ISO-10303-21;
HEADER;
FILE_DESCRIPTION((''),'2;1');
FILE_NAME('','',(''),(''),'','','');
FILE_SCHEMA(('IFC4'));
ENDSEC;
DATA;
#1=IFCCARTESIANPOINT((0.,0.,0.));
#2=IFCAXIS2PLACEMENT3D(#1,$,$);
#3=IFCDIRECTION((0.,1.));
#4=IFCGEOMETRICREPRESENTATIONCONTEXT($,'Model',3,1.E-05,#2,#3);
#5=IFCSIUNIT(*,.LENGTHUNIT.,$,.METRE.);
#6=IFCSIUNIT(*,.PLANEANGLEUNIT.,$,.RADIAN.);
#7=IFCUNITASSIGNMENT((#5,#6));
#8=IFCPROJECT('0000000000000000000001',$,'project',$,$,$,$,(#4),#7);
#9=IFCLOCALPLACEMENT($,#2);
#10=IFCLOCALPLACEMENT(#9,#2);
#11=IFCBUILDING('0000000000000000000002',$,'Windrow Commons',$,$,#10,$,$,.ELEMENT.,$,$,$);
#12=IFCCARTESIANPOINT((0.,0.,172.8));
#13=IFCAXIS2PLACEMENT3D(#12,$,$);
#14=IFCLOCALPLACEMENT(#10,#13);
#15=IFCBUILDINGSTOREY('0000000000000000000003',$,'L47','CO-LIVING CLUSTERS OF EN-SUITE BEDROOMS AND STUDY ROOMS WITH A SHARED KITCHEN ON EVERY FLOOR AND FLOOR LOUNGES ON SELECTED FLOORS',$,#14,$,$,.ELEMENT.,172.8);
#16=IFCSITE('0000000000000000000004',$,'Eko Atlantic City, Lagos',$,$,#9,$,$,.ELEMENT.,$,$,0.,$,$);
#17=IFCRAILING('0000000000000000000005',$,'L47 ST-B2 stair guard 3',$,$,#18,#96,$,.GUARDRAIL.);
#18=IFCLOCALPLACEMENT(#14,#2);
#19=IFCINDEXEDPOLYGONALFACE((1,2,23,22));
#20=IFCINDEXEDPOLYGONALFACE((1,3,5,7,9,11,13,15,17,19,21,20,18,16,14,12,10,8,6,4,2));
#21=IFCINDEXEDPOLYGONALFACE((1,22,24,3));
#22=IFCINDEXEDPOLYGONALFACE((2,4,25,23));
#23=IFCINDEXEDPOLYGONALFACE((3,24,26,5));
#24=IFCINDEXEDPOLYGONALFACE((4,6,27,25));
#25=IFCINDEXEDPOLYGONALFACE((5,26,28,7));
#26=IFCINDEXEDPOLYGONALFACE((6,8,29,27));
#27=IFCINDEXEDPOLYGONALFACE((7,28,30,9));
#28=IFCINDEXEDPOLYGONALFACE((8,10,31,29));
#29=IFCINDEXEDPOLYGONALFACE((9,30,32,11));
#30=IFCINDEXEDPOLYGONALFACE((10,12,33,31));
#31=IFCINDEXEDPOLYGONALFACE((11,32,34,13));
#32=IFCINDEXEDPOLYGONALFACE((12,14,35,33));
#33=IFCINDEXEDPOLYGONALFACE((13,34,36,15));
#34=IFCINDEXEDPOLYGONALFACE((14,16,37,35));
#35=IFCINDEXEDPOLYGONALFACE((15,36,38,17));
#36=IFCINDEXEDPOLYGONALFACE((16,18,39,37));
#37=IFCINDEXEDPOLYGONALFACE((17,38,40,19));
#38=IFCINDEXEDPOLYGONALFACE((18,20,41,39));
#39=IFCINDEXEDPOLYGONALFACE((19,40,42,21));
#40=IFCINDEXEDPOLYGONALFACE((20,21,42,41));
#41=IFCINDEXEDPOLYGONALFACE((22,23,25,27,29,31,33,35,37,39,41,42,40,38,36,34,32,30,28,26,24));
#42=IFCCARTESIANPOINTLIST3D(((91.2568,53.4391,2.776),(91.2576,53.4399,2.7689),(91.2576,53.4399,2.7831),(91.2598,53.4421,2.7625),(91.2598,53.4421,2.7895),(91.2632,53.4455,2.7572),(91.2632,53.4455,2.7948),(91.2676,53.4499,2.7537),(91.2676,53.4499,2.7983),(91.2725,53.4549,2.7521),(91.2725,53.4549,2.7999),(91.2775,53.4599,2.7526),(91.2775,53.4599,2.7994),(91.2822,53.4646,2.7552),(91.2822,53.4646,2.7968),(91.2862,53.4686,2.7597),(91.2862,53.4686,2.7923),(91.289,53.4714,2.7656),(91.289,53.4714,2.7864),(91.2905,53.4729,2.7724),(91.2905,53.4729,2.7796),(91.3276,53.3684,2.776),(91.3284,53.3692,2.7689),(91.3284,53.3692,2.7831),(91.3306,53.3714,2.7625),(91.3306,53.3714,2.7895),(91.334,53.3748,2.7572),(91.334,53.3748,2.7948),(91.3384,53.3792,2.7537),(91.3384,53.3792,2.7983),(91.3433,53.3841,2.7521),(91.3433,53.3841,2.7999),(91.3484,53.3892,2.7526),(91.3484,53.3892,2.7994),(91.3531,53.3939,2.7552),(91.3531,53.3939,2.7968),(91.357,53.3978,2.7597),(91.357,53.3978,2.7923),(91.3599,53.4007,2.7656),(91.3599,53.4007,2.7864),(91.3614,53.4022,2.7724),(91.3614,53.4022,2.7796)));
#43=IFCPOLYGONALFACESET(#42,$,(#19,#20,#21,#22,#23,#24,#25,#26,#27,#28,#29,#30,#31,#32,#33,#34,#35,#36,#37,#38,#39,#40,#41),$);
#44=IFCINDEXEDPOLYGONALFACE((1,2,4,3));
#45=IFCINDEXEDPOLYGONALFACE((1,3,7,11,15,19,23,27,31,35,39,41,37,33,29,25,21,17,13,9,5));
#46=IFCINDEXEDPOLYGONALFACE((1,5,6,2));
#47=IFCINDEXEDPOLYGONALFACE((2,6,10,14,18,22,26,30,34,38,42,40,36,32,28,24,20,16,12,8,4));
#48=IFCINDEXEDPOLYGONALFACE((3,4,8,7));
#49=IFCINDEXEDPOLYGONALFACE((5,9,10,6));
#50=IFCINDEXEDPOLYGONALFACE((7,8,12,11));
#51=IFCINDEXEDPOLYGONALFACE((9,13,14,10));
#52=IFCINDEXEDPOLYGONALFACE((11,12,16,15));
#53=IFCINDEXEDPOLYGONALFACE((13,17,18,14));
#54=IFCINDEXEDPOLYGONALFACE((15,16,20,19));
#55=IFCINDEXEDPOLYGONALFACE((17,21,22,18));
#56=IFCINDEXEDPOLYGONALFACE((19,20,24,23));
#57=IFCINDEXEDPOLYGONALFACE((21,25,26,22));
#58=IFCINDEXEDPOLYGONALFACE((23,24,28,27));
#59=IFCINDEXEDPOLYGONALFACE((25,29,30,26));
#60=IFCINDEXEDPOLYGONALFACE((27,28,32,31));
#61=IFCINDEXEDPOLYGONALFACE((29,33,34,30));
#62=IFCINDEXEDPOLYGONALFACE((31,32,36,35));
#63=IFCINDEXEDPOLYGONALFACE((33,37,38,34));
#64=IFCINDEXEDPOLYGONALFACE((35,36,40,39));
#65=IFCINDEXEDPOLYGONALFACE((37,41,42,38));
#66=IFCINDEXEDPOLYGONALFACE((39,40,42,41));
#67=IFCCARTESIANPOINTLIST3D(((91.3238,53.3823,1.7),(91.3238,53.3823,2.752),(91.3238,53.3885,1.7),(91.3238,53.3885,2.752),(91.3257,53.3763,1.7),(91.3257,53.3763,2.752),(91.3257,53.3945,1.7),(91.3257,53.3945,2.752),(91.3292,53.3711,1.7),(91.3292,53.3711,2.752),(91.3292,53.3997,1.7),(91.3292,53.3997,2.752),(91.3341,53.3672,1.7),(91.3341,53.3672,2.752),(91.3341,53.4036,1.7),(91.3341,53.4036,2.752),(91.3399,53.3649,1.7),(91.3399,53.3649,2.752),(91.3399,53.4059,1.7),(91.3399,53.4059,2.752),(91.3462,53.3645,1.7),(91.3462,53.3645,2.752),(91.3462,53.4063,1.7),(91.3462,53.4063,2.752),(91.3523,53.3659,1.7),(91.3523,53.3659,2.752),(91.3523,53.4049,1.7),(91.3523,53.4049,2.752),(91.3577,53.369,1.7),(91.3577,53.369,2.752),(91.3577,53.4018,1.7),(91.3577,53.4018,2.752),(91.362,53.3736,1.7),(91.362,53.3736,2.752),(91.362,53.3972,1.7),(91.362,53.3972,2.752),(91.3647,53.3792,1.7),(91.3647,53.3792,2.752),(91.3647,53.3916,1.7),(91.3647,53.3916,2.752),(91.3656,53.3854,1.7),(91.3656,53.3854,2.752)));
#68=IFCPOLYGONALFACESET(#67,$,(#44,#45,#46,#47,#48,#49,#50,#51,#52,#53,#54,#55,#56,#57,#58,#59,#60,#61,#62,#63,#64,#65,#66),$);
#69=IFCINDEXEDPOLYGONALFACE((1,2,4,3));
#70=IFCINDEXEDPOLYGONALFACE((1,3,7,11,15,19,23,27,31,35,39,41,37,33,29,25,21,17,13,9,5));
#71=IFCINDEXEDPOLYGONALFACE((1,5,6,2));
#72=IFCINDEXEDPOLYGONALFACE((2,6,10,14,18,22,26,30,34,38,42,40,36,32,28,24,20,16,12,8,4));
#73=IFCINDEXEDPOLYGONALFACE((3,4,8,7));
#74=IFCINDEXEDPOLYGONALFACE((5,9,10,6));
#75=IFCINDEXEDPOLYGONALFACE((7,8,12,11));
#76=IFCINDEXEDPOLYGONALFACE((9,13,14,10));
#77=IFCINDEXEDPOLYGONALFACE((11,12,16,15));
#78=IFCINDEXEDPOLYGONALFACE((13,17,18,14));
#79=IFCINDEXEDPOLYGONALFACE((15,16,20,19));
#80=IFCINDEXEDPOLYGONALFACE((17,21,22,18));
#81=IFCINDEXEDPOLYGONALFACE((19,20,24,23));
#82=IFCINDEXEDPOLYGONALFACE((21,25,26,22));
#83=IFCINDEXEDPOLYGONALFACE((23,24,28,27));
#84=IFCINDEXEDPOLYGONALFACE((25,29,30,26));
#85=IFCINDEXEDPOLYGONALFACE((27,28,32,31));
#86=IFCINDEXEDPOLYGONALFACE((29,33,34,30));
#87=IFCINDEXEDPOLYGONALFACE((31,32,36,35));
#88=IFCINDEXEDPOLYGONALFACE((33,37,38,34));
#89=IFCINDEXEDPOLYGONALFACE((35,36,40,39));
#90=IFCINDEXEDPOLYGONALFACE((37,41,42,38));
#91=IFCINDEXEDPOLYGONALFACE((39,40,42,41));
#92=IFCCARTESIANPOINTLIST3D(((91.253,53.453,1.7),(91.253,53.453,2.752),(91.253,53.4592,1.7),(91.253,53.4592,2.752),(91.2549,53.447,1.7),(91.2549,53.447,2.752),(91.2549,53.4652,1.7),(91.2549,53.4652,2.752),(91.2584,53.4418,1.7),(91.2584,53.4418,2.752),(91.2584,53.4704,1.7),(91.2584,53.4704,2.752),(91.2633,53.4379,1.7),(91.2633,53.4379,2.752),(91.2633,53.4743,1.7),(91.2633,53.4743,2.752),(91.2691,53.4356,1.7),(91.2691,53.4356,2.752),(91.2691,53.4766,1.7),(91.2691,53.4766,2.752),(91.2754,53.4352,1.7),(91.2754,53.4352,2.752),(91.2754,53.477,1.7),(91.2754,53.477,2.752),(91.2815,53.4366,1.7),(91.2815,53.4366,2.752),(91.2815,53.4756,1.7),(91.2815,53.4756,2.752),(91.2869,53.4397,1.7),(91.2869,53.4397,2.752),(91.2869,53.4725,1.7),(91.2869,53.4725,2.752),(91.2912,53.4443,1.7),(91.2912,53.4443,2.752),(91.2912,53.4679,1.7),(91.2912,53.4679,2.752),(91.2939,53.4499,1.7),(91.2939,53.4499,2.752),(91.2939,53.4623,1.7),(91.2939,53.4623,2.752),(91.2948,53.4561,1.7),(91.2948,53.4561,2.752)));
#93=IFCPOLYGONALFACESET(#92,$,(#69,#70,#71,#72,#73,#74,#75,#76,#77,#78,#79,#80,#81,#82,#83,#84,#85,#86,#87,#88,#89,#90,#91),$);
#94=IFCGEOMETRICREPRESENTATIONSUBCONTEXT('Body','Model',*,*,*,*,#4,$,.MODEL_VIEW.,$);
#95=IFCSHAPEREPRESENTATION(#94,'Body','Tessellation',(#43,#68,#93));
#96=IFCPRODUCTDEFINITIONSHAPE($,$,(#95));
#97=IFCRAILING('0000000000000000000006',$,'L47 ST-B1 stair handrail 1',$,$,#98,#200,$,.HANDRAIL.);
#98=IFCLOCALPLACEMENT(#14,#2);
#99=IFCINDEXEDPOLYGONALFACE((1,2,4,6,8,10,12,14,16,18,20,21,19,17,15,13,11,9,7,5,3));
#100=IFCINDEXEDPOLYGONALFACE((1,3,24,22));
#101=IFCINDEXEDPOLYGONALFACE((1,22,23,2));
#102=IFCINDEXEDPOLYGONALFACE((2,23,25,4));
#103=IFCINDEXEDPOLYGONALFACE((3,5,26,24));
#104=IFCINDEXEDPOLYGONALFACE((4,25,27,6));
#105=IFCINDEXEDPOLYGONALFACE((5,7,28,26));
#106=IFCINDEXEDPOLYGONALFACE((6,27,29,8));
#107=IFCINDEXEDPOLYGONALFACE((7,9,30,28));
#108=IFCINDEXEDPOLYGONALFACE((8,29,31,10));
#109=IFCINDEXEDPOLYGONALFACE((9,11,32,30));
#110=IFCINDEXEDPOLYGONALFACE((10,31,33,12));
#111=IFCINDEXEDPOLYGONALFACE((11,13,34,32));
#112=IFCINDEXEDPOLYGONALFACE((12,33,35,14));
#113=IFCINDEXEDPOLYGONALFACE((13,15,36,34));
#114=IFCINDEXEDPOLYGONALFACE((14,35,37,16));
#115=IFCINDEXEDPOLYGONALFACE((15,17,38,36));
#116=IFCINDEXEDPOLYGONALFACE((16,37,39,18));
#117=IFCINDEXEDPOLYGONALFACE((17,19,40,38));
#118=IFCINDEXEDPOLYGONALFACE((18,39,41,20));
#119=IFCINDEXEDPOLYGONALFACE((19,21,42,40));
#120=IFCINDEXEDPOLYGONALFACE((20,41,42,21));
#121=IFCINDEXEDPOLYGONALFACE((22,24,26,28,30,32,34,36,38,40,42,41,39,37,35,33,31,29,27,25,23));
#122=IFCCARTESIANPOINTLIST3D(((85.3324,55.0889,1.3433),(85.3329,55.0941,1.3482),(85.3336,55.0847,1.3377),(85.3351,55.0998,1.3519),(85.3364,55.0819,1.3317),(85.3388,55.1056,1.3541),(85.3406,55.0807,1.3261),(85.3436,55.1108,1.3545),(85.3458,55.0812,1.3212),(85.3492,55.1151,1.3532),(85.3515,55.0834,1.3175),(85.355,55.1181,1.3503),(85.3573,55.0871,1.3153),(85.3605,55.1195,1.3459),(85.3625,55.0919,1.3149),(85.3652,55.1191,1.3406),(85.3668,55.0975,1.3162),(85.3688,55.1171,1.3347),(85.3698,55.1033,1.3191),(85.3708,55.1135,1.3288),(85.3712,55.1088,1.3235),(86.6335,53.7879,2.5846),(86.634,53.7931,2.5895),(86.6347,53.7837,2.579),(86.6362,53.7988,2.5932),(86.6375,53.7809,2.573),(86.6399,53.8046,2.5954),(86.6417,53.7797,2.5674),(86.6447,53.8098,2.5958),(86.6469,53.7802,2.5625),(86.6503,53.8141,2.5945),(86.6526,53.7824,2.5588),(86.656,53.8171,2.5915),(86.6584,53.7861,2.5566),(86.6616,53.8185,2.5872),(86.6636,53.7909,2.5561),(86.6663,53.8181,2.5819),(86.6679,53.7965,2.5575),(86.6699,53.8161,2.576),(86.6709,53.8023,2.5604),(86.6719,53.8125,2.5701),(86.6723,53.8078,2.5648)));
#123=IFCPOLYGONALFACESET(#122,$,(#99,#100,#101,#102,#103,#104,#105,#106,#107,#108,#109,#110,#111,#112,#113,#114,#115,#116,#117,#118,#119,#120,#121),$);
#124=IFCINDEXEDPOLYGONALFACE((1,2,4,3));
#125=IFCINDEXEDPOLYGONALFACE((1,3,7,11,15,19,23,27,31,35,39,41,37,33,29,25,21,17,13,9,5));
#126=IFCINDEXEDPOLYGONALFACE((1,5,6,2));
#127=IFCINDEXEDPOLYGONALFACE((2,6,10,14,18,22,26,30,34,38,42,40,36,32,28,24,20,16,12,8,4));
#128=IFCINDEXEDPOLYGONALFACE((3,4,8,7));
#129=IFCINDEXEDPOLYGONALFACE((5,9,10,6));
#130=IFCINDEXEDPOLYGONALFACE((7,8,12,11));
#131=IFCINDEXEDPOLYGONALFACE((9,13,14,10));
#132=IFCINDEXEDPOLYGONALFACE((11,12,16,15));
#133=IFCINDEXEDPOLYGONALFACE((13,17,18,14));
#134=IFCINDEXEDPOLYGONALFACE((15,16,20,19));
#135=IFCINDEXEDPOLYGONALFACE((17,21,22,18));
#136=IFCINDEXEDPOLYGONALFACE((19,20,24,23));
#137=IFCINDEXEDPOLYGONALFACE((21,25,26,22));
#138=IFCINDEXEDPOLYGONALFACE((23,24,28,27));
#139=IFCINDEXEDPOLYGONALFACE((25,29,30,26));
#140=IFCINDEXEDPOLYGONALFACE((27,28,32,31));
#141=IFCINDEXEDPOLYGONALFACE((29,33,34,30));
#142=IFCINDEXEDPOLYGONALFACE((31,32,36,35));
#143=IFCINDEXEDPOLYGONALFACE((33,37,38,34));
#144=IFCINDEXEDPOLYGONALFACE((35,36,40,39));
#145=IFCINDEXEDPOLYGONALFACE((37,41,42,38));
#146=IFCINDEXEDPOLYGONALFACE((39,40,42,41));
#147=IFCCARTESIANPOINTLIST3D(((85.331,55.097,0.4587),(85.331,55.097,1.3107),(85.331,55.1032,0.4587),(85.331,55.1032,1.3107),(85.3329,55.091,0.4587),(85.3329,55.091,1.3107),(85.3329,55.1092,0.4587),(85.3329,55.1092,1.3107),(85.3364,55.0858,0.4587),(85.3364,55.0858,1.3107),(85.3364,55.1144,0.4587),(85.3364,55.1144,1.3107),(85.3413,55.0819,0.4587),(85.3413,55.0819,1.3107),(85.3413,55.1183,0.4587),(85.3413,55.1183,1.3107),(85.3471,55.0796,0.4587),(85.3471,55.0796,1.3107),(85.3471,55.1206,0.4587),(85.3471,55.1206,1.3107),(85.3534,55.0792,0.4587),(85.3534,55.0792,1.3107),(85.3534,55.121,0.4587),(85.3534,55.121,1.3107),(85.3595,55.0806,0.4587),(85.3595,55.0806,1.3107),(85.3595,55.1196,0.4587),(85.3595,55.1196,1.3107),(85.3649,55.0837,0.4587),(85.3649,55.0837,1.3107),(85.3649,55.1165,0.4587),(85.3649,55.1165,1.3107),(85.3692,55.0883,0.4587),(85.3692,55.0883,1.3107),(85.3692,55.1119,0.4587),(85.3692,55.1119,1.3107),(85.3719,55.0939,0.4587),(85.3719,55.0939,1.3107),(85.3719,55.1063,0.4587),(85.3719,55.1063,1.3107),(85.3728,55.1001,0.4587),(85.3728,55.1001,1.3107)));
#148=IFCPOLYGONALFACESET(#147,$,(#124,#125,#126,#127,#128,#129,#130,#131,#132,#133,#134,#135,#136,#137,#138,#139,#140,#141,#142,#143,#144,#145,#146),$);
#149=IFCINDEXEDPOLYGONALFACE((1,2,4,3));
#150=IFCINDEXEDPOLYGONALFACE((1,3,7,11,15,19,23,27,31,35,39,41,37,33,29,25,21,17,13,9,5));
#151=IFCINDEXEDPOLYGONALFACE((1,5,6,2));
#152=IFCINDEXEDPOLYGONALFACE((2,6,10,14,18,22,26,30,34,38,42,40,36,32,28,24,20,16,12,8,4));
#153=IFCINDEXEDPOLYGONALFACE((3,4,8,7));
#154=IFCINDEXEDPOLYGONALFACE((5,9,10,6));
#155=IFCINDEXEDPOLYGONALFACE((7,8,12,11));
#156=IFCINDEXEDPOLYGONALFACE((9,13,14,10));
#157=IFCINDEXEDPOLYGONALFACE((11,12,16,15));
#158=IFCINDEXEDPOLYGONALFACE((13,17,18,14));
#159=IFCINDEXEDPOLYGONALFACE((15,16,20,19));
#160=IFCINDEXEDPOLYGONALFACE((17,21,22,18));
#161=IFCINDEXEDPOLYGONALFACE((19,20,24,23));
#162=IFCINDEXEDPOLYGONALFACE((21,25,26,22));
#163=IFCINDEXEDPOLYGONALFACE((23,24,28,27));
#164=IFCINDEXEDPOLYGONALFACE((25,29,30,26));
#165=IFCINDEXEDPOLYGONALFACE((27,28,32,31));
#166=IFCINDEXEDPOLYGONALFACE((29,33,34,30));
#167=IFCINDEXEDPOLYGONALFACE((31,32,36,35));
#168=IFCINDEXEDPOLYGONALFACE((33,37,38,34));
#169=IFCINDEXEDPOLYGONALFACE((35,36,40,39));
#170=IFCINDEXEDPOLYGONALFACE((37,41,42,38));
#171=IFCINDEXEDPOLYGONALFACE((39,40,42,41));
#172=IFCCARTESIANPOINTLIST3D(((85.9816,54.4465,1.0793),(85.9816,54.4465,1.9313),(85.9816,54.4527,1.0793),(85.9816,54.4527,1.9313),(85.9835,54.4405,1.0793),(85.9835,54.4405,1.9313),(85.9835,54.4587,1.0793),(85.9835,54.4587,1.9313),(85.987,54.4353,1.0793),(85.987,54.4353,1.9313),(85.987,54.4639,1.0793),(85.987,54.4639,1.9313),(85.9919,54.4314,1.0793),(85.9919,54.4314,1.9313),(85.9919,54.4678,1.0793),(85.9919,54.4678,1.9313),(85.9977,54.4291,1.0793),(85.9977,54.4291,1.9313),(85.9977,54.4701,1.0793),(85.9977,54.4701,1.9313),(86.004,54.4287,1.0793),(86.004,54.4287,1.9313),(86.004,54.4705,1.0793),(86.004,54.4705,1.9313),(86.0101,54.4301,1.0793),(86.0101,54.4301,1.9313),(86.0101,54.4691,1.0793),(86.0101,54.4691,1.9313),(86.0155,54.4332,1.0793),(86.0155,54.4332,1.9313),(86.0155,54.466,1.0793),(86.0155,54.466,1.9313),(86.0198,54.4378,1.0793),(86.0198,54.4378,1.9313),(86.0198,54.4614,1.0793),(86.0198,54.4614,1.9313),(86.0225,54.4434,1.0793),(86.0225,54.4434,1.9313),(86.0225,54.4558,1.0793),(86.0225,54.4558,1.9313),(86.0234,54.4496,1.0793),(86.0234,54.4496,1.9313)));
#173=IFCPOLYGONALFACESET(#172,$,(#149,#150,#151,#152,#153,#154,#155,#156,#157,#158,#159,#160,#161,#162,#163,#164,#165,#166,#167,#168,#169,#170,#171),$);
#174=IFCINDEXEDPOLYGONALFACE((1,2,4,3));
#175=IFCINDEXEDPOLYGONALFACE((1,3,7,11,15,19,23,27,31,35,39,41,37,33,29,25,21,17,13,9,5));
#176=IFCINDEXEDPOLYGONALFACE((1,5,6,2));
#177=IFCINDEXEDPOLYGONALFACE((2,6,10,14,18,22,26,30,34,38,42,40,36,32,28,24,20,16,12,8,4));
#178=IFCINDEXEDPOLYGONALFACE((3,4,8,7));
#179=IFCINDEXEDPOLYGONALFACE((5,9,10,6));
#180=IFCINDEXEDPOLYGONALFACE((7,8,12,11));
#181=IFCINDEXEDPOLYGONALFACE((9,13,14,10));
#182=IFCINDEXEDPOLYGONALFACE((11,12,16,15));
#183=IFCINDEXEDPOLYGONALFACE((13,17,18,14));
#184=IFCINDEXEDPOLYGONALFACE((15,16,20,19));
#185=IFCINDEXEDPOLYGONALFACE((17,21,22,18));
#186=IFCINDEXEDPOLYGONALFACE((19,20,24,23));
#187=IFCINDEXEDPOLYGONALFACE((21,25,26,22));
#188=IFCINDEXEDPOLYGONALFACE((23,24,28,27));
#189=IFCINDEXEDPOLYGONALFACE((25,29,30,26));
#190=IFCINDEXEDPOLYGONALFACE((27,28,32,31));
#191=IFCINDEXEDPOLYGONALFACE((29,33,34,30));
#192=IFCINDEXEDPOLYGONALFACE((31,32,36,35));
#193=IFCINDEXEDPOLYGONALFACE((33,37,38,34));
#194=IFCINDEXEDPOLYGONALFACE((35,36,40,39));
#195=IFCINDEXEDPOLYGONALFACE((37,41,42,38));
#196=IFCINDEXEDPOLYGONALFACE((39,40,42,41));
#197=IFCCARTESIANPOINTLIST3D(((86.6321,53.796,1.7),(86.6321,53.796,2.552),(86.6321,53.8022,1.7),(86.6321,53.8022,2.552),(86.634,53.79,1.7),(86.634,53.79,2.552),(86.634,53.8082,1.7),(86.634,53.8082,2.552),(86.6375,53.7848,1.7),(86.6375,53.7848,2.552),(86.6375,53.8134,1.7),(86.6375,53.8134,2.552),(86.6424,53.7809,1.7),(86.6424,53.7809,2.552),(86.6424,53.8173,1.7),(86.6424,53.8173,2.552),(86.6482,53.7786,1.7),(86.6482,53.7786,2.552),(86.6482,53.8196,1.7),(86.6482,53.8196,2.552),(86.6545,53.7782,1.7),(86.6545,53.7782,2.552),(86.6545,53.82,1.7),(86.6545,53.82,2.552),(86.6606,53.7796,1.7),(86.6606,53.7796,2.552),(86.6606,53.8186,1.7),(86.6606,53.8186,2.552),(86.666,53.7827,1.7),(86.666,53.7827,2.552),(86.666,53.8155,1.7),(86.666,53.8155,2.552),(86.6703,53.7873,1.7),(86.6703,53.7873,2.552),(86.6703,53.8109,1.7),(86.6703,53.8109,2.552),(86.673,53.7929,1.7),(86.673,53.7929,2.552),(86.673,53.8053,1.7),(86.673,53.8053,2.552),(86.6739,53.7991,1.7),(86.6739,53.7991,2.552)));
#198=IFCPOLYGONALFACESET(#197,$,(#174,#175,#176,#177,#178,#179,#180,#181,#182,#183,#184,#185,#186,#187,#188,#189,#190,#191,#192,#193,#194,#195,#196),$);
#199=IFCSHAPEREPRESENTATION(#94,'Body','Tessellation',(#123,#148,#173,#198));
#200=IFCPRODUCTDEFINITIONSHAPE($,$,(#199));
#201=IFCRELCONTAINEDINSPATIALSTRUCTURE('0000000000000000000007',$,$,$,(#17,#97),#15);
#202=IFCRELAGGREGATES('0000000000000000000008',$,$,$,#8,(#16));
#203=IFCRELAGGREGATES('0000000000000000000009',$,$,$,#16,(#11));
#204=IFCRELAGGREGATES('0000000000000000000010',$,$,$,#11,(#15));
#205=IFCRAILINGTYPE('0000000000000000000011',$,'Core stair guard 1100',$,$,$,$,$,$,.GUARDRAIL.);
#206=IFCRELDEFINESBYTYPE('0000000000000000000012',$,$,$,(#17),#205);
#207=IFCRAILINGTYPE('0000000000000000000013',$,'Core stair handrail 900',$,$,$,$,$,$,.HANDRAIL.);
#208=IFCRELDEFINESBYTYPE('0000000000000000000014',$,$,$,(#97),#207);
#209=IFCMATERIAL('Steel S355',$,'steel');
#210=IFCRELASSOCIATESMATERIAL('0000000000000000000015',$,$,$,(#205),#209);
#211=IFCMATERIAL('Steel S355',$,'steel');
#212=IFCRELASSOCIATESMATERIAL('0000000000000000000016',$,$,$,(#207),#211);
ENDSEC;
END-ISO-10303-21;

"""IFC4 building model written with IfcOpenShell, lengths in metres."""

from ifc_helpers import new_model, si_unit, direction, frame, origin, origin_2d, place, context, subcontext, project, spatial, circle, extrude, material, type_object, element, save


model = new_model("IFC4")

# Units and contexts
model_context = context("Model", 3, precision=1e-05, world=origin(), true_north=direction((0.0, 1.0)))
body_context = subcontext(model_context, "Body", "Model", "MODEL_VIEW")
ifc_project = project(units=[si_unit("LENGTHUNIT", "METRE"), si_unit("PLANEANGLEUNIT", "RADIAN")], contexts=[model_context])

# Site, building, storey
site_placement = place(None, origin())
site = spatial("IfcSite", under=ifc_project, at=site_placement, Name="Eko Atlantic City, Lagos", CompositionType="ELEMENT", RefElevation=0.0)
building_placement = place(site_placement, origin())
building = spatial("IfcBuilding", under=site, at=building_placement, Name="Windrow Commons", CompositionType="ELEMENT")
storey_placement = place(building_placement, frame((0.0, 0.0, 172.8)))
storey = spatial("IfcBuildingStorey", under=building, at=storey_placement, Name="L47", Description="CO-LIVING CLUSTERS OF EN-SUITE BEDROOMS AND STUDY ROOMS WITH A SHARED KITCHEN ON EVERY FLOOR AND FLOOR LOUNGES ON SELECTED FLOORS", CompositionType="ELEMENT", Elevation=172.8)

# Railings
ifc_material_1 = material(Name="Steel S355", Category="steel")
railing_type_1 = type_object("IfcRailingType", Name="Core stair guard 1100", PredefinedType="GUARDRAIL", material=ifc_material_1)
railing_1_placement = place(storey_placement, frame((91.3446, 53.3854, 1.7)))
element("IfcRailing", 1, at=railing_1_placement, inside=storey, type_object=railing_type_1, Name="L47 ST-B2 stair guard 3", PredefinedType="GUARDRAIL", context=body_context, shape_type="SweptSolid", body=[
    extrude(circle(Radius=0.024, at=origin_2d()), frame((0.0, 0.0, 1.076), z_axis=(-0.707606, 0.706607, 0.0), x_axis=(-0.706607, -0.707606, 0.0)), (0.0, 0.0, 1.0), 0.1001),
    extrude(circle(Radius=0.021, at=origin_2d()), origin(), (0.0, 0.0, 1.0), 1.052),
    extrude(circle(Radius=0.021, at=origin_2d()), frame((-0.0708, 0.0707, 0.0)), (0.0, 0.0, 1.0), 1.052),
])
ifc_material_2 = material(Name="Steel S355", Category="steel")
railing_type_2 = type_object("IfcRailingType", Name="Core stair handrail 900", PredefinedType="HANDRAIL", material=ifc_material_2)
railing_2_placement = place(storey_placement, frame((85.3518, 55.1001, 0.4587)))
element("IfcRailing", 2, at=railing_2_placement, inside=storey, type_object=railing_type_2, Name="L47 ST-B1 stair handrail 1", PredefinedType="HANDRAIL", context=body_context, shape_type="SweptSolid", body=[
    extrude(circle(Radius=0.024, at=origin_2d()), frame((0.0, 0.0, 0.876), z_axis=(0.586207, -0.586162, 0.559264), x_axis=(0.70708, 0.707134, 0.0)), (0.0, 0.0, 1.0), 2.2195),
    extrude(circle(Radius=0.021, at=origin_2d()), origin(), (0.0, 0.0, 1.0), 0.852),
    extrude(circle(Radius=0.021, at=origin_2d()), frame((0.6506, -0.6505, 0.6206)), (0.0, 0.0, 1.0), 0.852),
    extrude(circle(Radius=0.021, at=origin_2d()), frame((1.3011, -1.301, 1.2413)), (0.0, 0.0, 1.0), 0.852),
])

save(model, "model.ifc")
